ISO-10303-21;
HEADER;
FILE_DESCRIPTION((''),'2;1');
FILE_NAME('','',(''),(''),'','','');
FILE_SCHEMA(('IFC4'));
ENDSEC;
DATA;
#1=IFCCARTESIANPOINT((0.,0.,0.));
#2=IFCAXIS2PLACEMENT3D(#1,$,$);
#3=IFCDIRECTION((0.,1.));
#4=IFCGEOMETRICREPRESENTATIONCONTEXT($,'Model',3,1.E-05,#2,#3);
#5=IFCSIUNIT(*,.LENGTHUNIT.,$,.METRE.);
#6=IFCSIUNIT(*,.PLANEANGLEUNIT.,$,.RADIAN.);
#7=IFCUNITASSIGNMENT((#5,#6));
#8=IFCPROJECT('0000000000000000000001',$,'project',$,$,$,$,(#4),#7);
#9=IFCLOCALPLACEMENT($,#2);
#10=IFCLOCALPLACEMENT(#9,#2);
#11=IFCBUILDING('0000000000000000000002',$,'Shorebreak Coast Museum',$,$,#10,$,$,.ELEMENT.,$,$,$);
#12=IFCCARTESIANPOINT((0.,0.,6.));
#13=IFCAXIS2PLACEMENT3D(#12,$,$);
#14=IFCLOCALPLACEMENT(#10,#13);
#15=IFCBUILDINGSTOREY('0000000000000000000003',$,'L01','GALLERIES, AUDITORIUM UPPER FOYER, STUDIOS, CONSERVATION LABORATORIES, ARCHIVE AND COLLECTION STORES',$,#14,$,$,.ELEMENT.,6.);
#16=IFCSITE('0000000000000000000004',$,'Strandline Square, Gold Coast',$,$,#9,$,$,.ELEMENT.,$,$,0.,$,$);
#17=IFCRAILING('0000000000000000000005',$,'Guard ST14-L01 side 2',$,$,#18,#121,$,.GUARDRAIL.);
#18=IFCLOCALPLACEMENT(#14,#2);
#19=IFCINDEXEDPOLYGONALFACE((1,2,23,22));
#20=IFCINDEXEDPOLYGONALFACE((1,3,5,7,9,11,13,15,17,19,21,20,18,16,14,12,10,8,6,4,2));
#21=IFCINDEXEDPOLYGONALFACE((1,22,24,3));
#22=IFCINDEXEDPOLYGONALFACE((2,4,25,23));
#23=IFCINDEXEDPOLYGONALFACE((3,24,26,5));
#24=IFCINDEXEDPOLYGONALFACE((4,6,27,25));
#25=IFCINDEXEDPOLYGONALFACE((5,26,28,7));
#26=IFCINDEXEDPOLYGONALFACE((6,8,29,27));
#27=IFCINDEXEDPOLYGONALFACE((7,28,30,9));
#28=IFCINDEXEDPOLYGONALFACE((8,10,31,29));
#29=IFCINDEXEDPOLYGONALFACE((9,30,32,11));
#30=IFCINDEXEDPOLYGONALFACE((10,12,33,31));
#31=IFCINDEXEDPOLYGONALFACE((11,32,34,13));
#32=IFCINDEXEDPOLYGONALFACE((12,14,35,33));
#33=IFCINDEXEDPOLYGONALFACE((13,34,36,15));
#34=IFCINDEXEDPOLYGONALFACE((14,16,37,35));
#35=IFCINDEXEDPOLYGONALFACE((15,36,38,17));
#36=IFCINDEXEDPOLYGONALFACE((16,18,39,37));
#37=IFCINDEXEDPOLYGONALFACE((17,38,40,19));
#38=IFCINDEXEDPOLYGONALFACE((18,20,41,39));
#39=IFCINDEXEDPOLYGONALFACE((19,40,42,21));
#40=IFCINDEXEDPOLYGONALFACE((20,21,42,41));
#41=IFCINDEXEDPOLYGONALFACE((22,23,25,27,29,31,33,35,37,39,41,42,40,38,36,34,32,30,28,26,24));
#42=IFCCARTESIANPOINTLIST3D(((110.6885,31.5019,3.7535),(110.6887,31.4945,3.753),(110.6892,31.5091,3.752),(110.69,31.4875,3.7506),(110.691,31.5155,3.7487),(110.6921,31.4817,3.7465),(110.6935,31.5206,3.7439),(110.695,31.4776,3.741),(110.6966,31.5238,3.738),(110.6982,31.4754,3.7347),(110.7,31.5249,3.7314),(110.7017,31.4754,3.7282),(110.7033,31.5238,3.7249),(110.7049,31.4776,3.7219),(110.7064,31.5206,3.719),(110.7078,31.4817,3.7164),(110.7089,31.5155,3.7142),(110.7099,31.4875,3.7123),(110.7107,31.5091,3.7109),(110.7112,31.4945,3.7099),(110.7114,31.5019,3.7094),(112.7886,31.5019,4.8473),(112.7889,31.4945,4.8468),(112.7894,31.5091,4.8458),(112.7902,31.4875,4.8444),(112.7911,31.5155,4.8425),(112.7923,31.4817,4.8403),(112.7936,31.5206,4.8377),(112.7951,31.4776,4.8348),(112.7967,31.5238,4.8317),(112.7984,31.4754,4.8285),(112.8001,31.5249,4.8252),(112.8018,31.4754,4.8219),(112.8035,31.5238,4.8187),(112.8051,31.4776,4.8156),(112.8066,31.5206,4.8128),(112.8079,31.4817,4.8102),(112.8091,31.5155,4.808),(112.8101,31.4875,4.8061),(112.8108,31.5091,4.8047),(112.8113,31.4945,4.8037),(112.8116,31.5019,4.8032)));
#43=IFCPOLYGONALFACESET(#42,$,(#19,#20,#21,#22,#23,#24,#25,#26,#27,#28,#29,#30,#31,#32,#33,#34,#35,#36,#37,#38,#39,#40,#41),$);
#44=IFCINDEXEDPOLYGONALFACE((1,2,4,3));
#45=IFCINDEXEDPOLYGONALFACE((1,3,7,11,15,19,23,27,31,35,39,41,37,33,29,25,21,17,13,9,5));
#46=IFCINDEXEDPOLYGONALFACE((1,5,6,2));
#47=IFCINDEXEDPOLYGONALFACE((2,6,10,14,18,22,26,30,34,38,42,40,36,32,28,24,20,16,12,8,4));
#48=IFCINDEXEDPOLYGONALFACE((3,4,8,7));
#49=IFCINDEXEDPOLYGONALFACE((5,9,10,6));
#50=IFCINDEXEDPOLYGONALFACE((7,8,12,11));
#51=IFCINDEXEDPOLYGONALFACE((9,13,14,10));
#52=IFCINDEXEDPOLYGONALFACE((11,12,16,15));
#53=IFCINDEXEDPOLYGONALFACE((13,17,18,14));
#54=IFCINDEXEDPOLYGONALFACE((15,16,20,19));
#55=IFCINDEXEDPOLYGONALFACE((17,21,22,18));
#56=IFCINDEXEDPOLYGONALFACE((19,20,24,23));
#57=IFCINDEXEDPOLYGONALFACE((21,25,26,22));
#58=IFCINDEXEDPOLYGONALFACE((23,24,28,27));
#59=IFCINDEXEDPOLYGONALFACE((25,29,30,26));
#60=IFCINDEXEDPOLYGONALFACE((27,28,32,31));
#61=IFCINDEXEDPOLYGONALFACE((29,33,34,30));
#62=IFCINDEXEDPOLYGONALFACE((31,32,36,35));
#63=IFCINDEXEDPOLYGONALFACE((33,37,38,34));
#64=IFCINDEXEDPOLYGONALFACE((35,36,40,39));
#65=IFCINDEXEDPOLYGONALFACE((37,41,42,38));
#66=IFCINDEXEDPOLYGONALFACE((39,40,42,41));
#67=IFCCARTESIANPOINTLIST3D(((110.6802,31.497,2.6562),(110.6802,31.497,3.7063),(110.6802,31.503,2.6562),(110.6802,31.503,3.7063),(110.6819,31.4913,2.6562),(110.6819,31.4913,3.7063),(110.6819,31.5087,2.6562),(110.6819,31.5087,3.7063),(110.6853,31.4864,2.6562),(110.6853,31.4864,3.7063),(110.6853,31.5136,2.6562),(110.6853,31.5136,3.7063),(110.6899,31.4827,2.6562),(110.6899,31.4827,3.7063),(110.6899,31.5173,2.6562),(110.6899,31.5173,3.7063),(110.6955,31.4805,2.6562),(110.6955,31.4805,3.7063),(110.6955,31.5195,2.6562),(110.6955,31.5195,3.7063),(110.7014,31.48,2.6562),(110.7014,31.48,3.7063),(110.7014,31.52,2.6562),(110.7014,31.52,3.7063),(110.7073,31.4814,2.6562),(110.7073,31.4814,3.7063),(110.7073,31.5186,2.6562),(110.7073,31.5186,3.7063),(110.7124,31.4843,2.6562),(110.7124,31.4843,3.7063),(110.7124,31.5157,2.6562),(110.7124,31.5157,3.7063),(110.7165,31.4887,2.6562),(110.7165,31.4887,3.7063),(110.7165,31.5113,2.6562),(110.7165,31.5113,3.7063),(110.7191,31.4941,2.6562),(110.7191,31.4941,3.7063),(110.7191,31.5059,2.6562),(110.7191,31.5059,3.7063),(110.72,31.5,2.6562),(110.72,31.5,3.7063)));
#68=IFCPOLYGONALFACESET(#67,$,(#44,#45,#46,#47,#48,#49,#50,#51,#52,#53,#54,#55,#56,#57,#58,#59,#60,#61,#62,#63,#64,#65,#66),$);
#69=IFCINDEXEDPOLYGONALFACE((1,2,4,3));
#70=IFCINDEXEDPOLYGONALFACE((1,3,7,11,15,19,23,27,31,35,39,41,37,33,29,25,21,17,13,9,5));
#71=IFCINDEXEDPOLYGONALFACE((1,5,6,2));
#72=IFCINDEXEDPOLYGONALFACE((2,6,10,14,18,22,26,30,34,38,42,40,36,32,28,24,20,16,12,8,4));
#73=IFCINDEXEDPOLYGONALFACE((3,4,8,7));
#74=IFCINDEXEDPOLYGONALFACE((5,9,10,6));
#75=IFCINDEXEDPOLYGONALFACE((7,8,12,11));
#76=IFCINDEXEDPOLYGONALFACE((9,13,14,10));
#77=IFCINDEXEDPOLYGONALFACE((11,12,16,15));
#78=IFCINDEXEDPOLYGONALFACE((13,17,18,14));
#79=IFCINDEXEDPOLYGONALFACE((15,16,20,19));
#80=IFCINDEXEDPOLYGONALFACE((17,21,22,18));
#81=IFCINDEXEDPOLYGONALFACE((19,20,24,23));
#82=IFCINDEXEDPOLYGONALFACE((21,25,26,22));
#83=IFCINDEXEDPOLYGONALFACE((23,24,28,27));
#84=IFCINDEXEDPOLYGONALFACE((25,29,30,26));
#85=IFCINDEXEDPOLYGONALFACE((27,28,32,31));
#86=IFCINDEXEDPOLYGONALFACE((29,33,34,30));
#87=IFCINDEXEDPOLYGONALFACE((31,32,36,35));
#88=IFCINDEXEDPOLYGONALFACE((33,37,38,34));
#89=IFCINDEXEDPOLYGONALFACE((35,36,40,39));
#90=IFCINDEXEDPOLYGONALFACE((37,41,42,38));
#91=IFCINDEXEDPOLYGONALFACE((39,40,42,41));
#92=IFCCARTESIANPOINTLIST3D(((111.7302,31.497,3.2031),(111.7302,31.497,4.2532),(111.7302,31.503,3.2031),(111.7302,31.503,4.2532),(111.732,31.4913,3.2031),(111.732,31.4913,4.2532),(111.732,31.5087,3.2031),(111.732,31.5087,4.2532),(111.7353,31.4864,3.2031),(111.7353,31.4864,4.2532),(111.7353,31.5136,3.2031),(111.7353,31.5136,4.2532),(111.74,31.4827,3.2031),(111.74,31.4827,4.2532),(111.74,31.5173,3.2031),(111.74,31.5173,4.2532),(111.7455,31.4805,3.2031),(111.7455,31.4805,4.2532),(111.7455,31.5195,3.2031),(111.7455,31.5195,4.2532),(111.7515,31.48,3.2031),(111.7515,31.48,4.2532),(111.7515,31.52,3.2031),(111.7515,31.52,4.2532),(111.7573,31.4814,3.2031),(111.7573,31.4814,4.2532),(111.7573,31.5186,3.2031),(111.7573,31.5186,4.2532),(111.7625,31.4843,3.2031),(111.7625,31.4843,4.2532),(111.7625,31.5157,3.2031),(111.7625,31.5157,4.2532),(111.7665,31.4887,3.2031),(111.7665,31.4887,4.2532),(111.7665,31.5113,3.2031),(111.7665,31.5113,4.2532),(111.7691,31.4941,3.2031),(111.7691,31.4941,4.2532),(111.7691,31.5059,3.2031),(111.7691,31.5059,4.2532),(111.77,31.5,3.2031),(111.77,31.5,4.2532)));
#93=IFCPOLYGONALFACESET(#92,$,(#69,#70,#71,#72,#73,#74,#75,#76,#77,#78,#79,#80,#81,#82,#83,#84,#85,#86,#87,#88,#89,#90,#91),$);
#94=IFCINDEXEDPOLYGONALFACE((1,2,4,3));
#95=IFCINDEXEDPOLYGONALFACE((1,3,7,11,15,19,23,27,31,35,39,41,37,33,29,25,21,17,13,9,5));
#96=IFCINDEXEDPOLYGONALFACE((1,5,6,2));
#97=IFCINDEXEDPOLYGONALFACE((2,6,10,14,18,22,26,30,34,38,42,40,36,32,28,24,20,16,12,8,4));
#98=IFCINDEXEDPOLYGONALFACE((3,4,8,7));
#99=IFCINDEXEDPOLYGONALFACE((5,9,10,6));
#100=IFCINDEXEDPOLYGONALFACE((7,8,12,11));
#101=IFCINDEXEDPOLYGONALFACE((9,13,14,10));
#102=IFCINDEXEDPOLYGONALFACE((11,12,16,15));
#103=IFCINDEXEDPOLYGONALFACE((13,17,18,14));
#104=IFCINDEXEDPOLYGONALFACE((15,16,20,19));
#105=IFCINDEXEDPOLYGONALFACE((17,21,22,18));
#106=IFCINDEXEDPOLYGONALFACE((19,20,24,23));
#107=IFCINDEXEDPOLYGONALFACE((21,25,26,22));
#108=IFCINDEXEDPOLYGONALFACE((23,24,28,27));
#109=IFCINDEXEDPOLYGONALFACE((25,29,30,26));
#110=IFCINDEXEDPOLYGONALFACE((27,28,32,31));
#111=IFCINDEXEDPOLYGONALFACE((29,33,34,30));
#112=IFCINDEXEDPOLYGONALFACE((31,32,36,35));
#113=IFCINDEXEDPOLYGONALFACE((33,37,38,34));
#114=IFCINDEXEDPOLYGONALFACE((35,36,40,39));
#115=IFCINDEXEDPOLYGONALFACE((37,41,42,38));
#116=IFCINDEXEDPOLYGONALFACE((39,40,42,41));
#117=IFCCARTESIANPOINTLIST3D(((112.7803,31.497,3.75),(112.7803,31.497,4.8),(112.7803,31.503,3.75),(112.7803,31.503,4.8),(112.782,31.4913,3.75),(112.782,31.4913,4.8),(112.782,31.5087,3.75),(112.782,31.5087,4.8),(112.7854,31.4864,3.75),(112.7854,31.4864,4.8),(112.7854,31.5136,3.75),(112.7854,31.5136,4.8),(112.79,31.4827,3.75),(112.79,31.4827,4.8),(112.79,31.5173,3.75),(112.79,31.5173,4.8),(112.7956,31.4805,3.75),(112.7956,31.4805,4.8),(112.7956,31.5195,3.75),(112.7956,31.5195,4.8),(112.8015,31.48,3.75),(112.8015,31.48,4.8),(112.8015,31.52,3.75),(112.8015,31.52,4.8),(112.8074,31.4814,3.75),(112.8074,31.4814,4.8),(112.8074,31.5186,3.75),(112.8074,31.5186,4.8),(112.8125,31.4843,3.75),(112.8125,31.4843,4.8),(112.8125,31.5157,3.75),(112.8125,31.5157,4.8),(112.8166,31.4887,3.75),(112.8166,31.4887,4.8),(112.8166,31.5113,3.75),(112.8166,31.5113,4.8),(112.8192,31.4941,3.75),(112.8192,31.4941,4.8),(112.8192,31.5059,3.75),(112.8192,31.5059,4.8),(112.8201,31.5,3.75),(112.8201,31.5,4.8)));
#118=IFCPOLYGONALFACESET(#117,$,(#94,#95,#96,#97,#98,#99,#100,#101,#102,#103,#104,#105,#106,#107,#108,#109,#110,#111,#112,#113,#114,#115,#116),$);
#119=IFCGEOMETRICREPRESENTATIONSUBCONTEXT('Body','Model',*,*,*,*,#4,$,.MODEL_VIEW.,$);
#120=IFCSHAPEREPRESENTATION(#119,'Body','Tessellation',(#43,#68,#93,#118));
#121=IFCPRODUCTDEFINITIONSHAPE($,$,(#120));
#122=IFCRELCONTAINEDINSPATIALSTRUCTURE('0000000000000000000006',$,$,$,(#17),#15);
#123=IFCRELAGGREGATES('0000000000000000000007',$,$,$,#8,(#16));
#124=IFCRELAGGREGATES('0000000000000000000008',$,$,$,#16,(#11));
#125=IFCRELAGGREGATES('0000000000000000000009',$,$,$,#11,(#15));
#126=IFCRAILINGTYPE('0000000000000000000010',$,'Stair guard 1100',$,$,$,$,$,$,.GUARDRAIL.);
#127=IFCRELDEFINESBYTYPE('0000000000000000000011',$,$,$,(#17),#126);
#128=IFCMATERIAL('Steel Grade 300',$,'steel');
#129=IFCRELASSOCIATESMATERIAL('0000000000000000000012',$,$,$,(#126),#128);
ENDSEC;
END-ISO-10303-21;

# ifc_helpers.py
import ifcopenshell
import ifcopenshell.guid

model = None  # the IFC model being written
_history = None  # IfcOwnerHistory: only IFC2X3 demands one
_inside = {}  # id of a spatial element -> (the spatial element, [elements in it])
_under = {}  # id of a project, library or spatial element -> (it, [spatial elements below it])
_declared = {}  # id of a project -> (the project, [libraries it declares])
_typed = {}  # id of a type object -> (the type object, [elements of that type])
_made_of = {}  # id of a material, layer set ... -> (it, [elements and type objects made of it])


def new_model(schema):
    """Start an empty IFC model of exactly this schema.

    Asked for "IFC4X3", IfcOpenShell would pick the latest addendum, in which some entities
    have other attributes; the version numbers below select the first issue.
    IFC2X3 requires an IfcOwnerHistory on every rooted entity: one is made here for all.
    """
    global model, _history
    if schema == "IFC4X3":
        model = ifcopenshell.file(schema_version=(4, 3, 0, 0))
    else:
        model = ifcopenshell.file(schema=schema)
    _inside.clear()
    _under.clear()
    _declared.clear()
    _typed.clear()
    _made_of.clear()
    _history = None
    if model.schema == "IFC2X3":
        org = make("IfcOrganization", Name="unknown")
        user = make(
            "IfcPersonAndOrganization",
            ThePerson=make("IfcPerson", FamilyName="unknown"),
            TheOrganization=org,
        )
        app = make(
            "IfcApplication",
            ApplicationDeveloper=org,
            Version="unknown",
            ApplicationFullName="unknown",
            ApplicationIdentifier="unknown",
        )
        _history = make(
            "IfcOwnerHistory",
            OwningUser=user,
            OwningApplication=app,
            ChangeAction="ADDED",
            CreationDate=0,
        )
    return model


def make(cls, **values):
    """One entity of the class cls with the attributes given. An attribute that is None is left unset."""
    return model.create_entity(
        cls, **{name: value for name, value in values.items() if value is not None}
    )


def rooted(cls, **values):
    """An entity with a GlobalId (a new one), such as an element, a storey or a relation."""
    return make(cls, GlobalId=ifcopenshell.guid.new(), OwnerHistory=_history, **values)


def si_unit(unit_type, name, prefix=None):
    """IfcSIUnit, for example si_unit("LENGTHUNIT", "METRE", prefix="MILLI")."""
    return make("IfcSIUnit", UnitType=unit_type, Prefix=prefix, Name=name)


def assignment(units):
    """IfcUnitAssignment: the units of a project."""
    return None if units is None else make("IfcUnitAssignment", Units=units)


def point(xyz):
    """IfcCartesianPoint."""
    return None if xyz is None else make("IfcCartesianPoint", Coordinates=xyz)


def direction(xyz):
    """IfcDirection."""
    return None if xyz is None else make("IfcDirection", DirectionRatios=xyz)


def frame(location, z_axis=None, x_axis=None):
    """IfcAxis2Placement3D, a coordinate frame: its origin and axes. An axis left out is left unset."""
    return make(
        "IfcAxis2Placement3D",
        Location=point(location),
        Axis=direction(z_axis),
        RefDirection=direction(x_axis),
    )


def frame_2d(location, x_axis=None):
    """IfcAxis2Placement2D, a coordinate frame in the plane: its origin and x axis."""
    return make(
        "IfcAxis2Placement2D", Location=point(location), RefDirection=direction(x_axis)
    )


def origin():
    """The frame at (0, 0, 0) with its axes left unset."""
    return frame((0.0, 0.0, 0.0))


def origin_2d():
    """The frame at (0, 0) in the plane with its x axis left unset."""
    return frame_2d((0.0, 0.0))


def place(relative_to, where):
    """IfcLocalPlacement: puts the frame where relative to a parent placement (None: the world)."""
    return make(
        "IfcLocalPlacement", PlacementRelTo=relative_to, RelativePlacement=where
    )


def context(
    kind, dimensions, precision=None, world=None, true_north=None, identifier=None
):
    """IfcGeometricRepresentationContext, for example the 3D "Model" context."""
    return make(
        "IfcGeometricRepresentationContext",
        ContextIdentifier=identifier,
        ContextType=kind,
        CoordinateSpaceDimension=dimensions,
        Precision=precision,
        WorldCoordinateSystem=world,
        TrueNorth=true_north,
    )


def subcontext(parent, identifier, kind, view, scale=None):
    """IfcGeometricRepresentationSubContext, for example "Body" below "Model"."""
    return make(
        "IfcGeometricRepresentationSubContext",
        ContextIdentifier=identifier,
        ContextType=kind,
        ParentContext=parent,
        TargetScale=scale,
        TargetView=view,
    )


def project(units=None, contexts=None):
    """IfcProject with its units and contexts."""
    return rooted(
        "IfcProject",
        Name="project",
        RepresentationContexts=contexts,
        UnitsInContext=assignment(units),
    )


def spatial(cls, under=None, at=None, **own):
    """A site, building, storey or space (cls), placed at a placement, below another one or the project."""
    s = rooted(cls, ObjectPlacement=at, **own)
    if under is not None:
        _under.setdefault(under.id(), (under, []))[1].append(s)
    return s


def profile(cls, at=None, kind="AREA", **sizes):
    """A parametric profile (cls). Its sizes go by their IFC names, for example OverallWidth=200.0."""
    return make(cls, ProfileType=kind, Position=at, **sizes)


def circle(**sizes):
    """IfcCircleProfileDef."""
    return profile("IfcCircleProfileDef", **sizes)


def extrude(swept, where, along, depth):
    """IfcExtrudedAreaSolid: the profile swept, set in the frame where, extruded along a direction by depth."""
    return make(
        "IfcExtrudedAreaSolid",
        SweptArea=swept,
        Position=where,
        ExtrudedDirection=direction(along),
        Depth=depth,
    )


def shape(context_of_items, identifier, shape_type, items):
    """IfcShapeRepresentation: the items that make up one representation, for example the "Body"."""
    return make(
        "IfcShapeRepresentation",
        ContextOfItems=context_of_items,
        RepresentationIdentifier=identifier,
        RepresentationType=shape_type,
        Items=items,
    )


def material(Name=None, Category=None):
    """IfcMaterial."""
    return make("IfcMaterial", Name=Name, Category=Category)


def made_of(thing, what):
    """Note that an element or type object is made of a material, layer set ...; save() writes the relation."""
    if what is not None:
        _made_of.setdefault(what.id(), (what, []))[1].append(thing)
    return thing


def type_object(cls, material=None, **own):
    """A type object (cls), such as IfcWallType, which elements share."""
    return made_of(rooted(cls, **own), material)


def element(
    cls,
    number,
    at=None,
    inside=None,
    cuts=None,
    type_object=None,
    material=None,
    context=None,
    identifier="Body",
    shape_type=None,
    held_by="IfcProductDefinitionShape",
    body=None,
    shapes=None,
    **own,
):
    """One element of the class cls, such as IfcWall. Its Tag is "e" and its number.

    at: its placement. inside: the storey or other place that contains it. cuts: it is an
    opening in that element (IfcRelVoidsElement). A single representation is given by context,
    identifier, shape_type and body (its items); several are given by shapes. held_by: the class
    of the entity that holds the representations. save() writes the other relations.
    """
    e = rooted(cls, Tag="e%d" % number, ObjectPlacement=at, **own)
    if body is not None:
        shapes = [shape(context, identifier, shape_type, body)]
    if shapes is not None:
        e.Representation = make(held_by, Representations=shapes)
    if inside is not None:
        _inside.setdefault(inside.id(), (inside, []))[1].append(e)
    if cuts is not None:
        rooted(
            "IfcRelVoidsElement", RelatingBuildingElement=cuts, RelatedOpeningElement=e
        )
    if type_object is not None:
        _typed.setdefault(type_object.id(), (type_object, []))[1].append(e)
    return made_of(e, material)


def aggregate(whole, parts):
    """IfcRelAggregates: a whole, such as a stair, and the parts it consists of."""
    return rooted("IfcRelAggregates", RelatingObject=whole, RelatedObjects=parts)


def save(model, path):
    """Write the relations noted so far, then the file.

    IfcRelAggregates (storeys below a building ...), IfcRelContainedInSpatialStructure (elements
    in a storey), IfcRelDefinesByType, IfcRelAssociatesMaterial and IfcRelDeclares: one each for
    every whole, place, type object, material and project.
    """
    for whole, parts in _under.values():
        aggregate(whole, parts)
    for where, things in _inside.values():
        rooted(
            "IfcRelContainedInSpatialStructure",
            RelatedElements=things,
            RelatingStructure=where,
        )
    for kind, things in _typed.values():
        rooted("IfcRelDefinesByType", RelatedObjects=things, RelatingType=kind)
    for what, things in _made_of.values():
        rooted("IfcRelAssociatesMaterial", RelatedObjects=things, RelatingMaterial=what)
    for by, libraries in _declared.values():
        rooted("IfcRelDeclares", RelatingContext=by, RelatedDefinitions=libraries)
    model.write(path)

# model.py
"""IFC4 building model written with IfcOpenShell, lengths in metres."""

from ifc_helpers import new_model, si_unit, direction, frame, origin, origin_2d, place, context, subcontext, project, spatial, circle, extrude, material, type_object, element, save


model = new_model("IFC4")

# Units and contexts
model_context = context("Model", 3, precision=1e-05, world=origin(), true_north=direction((0.0, 1.0)))
body_context = subcontext(model_context, "Body", "Model", "MODEL_VIEW")
ifc_project = project(units=[si_unit("LENGTHUNIT", "METRE"), si_unit("PLANEANGLEUNIT", "RADIAN")], contexts=[model_context])

# Site, building, storey
site_placement = place(None, origin())
site = spatial("IfcSite", under=ifc_project, at=site_placement, Name="Strandline Square, Gold Coast", CompositionType="ELEMENT", RefElevation=0.0)
building_placement = place(site_placement, origin())
building = spatial("IfcBuilding", under=site, at=building_placement, Name="Shorebreak Coast Museum", CompositionType="ELEMENT")
storey_placement = place(building_placement, frame((0.0, 0.0, 6.0)))
storey = spatial("IfcBuildingStorey", under=building, at=storey_placement, Name="L01", Description="GALLERIES, AUDITORIUM UPPER FOYER, STUDIOS, CONSERVATION LABORATORIES, ARCHIVE AND COLLECTION STORES", CompositionType="ELEMENT", Elevation=6.0)

# Railing
ifc_material_1 = material(Name="Steel Grade 300", Category="steel")
railing_type_1 = type_object("IfcRailingType", Name="Stair guard 1100", PredefinedType="GUARDRAIL", material=ifc_material_1)
railing_1_placement = place(storey_placement, frame((110.7, 31.5, 2.6562)))
element("IfcRailing", 1, at=railing_1_placement, inside=storey, type_object=railing_type_1, Name="Guard ST14-L01 side 2", PredefinedType="GUARDRAIL", context=body_context, shape_type="SweptSolid", body=[
    extrude(circle(Radius=0.0249, at=origin_2d()), frame((0.0, 0.0, 1.0752), z_axis=(0.886923, 0.0, 0.461918), x_axis=(0.0, 1.0, 0.0)), (0.0, 0.0, 1.0), 2.3679),
    extrude(circle(Radius=0.02, at=origin_2d()), origin(), (0.0, 0.0, 1.0), 1.05),
    extrude(circle(Radius=0.02, at=origin_2d()), frame((1.05, 0.0, 0.5469)), (0.0, 0.0, 1.0), 1.05),
    extrude(circle(Radius=0.02, at=origin_2d()), frame((2.1001, 0.0, 1.0938)), (0.0, 0.0, 1.0), 1.05),
])

save(model, "model.ifc")
